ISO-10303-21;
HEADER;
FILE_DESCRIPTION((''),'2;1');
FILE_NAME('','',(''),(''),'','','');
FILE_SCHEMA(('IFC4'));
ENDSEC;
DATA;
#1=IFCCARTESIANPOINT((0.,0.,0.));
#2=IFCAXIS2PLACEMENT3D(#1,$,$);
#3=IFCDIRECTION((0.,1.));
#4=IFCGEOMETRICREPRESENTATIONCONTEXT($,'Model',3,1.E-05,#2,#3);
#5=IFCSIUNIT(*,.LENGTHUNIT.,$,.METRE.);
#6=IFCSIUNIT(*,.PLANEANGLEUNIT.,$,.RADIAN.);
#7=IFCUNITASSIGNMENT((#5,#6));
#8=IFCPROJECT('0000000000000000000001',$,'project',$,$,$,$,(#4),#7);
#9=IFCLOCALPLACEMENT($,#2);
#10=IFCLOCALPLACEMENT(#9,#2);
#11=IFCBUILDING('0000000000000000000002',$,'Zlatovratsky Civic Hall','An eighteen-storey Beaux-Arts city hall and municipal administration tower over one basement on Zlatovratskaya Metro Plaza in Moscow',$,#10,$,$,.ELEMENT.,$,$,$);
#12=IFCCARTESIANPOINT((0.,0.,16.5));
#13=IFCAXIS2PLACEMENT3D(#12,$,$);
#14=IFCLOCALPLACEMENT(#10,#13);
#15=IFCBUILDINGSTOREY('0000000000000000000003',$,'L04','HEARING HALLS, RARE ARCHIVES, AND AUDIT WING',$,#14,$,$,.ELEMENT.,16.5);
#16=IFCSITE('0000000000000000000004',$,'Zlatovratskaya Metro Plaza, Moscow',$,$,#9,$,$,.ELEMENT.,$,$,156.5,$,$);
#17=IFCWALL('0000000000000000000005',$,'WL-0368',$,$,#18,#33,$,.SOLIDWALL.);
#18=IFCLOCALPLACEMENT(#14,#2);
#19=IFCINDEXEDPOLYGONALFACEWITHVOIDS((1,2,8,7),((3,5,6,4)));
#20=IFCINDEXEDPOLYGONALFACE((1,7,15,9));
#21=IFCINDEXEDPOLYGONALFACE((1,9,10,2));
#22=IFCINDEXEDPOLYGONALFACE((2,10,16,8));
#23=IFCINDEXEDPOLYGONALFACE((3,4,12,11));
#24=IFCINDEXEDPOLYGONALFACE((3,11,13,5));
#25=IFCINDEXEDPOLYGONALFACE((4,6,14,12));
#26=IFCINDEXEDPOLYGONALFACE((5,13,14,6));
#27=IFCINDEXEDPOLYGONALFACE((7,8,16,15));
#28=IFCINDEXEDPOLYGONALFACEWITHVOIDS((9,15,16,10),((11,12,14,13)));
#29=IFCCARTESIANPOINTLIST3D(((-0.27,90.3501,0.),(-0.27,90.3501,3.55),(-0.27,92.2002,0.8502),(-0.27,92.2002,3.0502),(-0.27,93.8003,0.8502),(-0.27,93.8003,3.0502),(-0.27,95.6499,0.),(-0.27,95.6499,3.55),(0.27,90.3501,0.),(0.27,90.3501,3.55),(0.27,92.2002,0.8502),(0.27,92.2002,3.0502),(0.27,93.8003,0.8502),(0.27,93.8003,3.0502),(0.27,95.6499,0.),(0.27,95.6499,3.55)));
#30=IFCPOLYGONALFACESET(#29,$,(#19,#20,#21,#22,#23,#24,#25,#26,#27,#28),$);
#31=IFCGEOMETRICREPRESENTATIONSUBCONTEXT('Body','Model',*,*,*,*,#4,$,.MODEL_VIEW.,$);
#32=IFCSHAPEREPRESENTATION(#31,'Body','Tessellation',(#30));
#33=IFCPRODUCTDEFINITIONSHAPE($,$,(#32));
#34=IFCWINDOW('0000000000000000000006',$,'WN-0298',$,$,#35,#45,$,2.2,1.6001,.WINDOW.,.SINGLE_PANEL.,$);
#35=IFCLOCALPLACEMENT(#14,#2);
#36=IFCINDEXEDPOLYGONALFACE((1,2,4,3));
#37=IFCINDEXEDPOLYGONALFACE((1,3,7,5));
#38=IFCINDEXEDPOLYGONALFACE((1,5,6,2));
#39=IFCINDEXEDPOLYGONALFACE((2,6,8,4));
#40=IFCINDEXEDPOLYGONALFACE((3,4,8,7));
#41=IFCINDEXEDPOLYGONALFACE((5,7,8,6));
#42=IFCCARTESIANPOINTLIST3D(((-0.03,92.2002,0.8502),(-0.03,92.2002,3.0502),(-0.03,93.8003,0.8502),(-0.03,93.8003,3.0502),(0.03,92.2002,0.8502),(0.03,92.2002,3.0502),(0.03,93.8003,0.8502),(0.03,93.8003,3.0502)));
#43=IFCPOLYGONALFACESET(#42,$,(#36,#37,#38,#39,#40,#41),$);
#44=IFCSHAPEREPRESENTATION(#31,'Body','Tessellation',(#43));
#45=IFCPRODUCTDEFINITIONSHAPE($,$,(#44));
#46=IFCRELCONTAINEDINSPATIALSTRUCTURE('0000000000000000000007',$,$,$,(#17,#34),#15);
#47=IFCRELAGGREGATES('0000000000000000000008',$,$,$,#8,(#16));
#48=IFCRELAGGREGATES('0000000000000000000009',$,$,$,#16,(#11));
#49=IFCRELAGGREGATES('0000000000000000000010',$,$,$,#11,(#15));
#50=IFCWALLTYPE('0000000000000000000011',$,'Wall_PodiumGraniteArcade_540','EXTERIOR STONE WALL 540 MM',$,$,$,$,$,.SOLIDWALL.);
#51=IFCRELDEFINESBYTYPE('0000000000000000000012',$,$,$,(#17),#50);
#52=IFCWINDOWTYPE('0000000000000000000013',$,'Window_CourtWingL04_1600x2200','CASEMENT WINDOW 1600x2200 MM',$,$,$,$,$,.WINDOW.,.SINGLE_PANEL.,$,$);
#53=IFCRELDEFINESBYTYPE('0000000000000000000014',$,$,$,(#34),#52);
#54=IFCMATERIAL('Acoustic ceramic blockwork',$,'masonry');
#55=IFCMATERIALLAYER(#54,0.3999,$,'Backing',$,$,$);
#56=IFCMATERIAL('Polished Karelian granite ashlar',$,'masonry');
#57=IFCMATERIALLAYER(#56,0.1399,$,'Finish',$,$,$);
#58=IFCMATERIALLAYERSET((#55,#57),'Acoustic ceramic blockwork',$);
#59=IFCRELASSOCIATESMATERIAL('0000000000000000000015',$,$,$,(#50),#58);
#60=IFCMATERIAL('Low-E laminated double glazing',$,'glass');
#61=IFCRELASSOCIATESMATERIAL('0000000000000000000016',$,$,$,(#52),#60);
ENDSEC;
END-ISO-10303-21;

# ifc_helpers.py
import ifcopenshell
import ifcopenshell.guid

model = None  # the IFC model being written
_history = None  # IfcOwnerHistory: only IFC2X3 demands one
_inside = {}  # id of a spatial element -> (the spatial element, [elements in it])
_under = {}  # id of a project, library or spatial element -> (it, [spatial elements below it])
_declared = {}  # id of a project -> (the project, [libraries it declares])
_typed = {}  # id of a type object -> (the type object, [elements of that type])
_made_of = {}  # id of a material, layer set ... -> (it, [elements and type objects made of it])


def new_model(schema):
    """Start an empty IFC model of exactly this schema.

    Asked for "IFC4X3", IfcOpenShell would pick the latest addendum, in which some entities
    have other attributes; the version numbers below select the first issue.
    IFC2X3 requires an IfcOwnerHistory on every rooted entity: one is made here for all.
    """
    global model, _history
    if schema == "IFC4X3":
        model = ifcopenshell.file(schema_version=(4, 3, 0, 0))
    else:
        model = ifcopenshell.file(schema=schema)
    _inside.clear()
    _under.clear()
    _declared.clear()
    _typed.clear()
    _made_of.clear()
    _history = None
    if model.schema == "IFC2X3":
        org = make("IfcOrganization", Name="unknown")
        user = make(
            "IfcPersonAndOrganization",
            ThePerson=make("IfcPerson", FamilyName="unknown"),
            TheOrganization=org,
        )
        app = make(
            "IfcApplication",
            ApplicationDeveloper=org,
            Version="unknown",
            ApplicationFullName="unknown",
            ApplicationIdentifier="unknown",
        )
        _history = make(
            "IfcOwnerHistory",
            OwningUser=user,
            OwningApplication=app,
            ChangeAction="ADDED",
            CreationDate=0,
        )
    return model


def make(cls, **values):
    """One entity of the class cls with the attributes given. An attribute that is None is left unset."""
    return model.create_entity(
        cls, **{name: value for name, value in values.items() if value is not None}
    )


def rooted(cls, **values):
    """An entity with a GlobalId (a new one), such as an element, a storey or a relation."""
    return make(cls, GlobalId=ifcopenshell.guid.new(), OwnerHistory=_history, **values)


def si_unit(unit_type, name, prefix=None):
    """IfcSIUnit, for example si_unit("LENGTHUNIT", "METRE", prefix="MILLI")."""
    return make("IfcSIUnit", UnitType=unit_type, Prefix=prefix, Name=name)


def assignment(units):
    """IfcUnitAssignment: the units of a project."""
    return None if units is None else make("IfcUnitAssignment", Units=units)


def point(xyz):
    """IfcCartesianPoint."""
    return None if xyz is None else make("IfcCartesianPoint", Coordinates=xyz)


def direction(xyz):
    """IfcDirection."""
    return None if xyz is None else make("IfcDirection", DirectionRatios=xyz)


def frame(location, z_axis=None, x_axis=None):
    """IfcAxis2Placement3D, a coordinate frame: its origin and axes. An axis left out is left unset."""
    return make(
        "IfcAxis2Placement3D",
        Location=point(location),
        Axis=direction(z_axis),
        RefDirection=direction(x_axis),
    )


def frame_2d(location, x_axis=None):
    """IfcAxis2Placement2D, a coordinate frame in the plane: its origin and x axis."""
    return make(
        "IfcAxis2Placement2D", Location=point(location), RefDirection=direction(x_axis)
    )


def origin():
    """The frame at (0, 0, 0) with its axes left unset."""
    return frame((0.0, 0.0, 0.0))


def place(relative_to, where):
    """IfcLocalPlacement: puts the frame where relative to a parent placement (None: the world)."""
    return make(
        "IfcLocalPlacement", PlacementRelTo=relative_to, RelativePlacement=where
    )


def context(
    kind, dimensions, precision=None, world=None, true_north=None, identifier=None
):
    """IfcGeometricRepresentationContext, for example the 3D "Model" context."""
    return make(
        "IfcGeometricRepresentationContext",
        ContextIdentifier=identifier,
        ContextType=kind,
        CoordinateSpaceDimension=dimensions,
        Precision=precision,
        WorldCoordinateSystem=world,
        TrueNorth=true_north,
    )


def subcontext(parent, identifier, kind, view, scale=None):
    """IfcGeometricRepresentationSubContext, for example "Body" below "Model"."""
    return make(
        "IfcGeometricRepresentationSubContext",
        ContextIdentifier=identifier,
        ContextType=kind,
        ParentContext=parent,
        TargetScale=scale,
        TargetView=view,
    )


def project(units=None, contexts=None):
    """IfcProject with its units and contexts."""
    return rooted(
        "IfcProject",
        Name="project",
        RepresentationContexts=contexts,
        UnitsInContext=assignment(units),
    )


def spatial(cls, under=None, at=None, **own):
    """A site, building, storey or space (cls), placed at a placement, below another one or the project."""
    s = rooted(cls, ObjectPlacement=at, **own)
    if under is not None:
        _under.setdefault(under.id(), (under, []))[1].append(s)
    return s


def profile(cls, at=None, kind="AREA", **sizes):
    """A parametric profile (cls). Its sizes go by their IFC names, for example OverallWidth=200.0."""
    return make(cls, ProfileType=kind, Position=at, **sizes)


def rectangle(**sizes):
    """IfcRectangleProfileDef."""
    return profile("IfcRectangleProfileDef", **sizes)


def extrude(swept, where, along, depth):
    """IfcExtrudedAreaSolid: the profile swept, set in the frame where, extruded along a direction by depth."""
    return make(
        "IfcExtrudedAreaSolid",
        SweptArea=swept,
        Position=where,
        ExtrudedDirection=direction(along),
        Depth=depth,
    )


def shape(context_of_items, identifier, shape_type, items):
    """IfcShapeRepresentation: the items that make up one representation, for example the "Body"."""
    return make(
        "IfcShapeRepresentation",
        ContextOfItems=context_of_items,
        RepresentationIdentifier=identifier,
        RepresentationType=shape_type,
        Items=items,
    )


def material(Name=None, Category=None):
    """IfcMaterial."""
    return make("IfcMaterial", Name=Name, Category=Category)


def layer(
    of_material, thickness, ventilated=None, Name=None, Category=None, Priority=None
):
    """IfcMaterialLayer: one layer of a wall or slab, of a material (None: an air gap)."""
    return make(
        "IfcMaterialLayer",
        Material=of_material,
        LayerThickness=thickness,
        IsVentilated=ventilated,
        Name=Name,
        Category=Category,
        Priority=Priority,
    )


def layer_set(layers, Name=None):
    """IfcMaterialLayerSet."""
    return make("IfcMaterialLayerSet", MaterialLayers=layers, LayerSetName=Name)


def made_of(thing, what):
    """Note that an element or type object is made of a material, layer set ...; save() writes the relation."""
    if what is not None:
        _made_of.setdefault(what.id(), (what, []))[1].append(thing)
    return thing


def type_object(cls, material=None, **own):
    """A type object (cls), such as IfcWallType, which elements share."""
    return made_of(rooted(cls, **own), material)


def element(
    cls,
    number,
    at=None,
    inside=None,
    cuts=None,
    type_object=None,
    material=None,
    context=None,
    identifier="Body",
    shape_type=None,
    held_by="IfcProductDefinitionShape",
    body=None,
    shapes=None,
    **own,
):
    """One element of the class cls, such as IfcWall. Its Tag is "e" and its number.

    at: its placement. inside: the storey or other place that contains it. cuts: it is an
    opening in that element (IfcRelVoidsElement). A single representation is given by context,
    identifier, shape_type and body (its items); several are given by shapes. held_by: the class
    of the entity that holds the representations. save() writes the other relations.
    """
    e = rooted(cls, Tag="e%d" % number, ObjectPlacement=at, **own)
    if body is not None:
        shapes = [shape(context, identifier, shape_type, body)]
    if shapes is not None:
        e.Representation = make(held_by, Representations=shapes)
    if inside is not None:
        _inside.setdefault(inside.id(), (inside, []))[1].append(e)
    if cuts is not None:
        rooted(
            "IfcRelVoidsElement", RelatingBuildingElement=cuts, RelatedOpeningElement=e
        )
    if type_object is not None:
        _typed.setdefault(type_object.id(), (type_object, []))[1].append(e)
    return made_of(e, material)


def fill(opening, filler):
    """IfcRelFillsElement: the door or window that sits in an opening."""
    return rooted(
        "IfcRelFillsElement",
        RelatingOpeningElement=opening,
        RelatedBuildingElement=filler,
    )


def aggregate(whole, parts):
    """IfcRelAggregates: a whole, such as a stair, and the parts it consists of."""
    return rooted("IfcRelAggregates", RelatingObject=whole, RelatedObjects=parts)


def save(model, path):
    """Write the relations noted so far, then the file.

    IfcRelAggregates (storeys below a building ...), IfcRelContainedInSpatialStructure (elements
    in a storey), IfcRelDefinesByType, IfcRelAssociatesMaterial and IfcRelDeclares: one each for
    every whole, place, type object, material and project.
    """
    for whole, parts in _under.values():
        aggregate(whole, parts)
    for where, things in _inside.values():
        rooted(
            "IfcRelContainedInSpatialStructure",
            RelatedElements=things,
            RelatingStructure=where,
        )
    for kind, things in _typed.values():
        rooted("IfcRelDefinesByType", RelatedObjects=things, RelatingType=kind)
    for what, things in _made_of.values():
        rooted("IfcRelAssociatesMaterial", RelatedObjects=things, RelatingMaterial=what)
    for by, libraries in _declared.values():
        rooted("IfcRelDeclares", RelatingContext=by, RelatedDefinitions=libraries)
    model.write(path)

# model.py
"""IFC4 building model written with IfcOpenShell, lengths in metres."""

from ifc_helpers import new_model, si_unit, direction, frame, frame_2d, origin, place, context, subcontext, project, spatial, rectangle, extrude, material, layer, layer_set, type_object, element, fill, save


model = new_model("IFC4")

# Units and contexts
model_context = context("Model", 3, precision=1e-05, world=origin(), true_north=direction((0.0, 1.0)))
body_context = subcontext(model_context, "Body", "Model", "MODEL_VIEW")
ifc_project = project(units=[si_unit("LENGTHUNIT", "METRE"), si_unit("PLANEANGLEUNIT", "RADIAN")], contexts=[model_context])

# Site, building, storey
site_placement = place(None, origin())
site = spatial("IfcSite", under=ifc_project, at=site_placement, Name="Zlatovratskaya Metro Plaza, Moscow", CompositionType="ELEMENT", RefElevation=156.5)
building_placement = place(site_placement, origin())
building = spatial("IfcBuilding", under=site, at=building_placement, Name="Zlatovratsky Civic Hall", Description="An eighteen-storey Beaux-Arts city hall and municipal administration tower over one basement on Zlatovratskaya Metro Plaza in Moscow", CompositionType="ELEMENT")
storey_placement = place(building_placement, frame((0.0, 0.0, 16.5)))
storey = spatial("IfcBuildingStorey", under=building, at=storey_placement, Name="L04", Description="HEARING HALLS, RARE ARCHIVES, AND AUDIT WING", CompositionType="ELEMENT", Elevation=16.5)

# Shared definitions
ifc_material_1 = material(Name="Acoustic ceramic blockwork", Category="masonry")

# Wall, opening, window
ifc_layer_1 = layer(ifc_material_1, 0.3999, Name="Backing")
ifc_material_2 = material(Name="Polished Karelian granite ashlar", Category="masonry")
ifc_layer_2 = layer(ifc_material_2, 0.1399, Name="Finish")
ifc_layer_set_1 = layer_set([ifc_layer_1, ifc_layer_2], Name="Acoustic ceramic blockwork")
wall_type_1 = type_object("IfcWallType", Name="Wall_PodiumGraniteArcade_540", Description="EXTERIOR STONE WALL 540 MM", PredefinedType="SOLIDWALL", material=ifc_layer_set_1)
ifc_material_3 = material(Name="Low-E laminated double glazing", Category="glass")
window_type = type_object("IfcWindowType", Name="Window_CourtWingL04_1600x2200", Description="CASEMENT WINDOW 1600x2200 MM", PartitioningType="SINGLE_PANEL", PredefinedType="WINDOW", material=ifc_material_3)
wall_1_placement = place(storey_placement, frame((0.0, 90.3501, 0.0), z_axis=(0.0, 0.0, 1.0), x_axis=(0.0, 1.0, 0.0)))
wall_1 = element("IfcWall", 1, at=wall_1_placement, inside=storey, type_object=wall_type_1, Name="WL-0368", PredefinedType="SOLIDWALL", context=body_context, shape_type="SweptSolid", body=[
    extrude(rectangle(XDim=5.2998, YDim=0.54, at=frame_2d((2.6499, 0.0))), origin(), (0.0, 0.0, 1.0), 3.55),
])
opening_1_placement = place(wall_1_placement, frame((1.8501, 0.0, 0.8501)))
opening_1 = element("IfcOpeningElement", 2, at=opening_1_placement, cuts=wall_1, PredefinedType="OPENING", context=body_context, shape_type="SweptSolid", body=[
    extrude(rectangle(XDim=1.6001, YDim=2.2, at=frame_2d((0.8, 1.1001))), frame((0.0, 0.2849, 0.0), z_axis=(0.0, -1.0, 0.0), x_axis=(1.0, 0.0, 0.0)), (0.0, 0.0, 1.0), 0.5698),
])
window_1_placement = place(opening_1_placement, origin())
window_1 = element("IfcWindow", 3, at=window_1_placement, inside=storey, type_object=window_type, Name="WN-0298", OverallHeight=2.2, OverallWidth=1.6001, PartitioningType="SINGLE_PANEL", PredefinedType="WINDOW", context=body_context, shape_type="SweptSolid", body=[
    extrude(rectangle(XDim=1.6001, YDim=2.2, at=frame_2d((0.8, 1.1001))), frame((0.0, 0.03, 0.0), z_axis=(0.0, -1.0, 0.0), x_axis=(1.0, 0.0, 0.0)), (0.0, 0.0, 1.0), 0.0601),
])
fill(opening_1, window_1)

save(model, "model.ifc")
